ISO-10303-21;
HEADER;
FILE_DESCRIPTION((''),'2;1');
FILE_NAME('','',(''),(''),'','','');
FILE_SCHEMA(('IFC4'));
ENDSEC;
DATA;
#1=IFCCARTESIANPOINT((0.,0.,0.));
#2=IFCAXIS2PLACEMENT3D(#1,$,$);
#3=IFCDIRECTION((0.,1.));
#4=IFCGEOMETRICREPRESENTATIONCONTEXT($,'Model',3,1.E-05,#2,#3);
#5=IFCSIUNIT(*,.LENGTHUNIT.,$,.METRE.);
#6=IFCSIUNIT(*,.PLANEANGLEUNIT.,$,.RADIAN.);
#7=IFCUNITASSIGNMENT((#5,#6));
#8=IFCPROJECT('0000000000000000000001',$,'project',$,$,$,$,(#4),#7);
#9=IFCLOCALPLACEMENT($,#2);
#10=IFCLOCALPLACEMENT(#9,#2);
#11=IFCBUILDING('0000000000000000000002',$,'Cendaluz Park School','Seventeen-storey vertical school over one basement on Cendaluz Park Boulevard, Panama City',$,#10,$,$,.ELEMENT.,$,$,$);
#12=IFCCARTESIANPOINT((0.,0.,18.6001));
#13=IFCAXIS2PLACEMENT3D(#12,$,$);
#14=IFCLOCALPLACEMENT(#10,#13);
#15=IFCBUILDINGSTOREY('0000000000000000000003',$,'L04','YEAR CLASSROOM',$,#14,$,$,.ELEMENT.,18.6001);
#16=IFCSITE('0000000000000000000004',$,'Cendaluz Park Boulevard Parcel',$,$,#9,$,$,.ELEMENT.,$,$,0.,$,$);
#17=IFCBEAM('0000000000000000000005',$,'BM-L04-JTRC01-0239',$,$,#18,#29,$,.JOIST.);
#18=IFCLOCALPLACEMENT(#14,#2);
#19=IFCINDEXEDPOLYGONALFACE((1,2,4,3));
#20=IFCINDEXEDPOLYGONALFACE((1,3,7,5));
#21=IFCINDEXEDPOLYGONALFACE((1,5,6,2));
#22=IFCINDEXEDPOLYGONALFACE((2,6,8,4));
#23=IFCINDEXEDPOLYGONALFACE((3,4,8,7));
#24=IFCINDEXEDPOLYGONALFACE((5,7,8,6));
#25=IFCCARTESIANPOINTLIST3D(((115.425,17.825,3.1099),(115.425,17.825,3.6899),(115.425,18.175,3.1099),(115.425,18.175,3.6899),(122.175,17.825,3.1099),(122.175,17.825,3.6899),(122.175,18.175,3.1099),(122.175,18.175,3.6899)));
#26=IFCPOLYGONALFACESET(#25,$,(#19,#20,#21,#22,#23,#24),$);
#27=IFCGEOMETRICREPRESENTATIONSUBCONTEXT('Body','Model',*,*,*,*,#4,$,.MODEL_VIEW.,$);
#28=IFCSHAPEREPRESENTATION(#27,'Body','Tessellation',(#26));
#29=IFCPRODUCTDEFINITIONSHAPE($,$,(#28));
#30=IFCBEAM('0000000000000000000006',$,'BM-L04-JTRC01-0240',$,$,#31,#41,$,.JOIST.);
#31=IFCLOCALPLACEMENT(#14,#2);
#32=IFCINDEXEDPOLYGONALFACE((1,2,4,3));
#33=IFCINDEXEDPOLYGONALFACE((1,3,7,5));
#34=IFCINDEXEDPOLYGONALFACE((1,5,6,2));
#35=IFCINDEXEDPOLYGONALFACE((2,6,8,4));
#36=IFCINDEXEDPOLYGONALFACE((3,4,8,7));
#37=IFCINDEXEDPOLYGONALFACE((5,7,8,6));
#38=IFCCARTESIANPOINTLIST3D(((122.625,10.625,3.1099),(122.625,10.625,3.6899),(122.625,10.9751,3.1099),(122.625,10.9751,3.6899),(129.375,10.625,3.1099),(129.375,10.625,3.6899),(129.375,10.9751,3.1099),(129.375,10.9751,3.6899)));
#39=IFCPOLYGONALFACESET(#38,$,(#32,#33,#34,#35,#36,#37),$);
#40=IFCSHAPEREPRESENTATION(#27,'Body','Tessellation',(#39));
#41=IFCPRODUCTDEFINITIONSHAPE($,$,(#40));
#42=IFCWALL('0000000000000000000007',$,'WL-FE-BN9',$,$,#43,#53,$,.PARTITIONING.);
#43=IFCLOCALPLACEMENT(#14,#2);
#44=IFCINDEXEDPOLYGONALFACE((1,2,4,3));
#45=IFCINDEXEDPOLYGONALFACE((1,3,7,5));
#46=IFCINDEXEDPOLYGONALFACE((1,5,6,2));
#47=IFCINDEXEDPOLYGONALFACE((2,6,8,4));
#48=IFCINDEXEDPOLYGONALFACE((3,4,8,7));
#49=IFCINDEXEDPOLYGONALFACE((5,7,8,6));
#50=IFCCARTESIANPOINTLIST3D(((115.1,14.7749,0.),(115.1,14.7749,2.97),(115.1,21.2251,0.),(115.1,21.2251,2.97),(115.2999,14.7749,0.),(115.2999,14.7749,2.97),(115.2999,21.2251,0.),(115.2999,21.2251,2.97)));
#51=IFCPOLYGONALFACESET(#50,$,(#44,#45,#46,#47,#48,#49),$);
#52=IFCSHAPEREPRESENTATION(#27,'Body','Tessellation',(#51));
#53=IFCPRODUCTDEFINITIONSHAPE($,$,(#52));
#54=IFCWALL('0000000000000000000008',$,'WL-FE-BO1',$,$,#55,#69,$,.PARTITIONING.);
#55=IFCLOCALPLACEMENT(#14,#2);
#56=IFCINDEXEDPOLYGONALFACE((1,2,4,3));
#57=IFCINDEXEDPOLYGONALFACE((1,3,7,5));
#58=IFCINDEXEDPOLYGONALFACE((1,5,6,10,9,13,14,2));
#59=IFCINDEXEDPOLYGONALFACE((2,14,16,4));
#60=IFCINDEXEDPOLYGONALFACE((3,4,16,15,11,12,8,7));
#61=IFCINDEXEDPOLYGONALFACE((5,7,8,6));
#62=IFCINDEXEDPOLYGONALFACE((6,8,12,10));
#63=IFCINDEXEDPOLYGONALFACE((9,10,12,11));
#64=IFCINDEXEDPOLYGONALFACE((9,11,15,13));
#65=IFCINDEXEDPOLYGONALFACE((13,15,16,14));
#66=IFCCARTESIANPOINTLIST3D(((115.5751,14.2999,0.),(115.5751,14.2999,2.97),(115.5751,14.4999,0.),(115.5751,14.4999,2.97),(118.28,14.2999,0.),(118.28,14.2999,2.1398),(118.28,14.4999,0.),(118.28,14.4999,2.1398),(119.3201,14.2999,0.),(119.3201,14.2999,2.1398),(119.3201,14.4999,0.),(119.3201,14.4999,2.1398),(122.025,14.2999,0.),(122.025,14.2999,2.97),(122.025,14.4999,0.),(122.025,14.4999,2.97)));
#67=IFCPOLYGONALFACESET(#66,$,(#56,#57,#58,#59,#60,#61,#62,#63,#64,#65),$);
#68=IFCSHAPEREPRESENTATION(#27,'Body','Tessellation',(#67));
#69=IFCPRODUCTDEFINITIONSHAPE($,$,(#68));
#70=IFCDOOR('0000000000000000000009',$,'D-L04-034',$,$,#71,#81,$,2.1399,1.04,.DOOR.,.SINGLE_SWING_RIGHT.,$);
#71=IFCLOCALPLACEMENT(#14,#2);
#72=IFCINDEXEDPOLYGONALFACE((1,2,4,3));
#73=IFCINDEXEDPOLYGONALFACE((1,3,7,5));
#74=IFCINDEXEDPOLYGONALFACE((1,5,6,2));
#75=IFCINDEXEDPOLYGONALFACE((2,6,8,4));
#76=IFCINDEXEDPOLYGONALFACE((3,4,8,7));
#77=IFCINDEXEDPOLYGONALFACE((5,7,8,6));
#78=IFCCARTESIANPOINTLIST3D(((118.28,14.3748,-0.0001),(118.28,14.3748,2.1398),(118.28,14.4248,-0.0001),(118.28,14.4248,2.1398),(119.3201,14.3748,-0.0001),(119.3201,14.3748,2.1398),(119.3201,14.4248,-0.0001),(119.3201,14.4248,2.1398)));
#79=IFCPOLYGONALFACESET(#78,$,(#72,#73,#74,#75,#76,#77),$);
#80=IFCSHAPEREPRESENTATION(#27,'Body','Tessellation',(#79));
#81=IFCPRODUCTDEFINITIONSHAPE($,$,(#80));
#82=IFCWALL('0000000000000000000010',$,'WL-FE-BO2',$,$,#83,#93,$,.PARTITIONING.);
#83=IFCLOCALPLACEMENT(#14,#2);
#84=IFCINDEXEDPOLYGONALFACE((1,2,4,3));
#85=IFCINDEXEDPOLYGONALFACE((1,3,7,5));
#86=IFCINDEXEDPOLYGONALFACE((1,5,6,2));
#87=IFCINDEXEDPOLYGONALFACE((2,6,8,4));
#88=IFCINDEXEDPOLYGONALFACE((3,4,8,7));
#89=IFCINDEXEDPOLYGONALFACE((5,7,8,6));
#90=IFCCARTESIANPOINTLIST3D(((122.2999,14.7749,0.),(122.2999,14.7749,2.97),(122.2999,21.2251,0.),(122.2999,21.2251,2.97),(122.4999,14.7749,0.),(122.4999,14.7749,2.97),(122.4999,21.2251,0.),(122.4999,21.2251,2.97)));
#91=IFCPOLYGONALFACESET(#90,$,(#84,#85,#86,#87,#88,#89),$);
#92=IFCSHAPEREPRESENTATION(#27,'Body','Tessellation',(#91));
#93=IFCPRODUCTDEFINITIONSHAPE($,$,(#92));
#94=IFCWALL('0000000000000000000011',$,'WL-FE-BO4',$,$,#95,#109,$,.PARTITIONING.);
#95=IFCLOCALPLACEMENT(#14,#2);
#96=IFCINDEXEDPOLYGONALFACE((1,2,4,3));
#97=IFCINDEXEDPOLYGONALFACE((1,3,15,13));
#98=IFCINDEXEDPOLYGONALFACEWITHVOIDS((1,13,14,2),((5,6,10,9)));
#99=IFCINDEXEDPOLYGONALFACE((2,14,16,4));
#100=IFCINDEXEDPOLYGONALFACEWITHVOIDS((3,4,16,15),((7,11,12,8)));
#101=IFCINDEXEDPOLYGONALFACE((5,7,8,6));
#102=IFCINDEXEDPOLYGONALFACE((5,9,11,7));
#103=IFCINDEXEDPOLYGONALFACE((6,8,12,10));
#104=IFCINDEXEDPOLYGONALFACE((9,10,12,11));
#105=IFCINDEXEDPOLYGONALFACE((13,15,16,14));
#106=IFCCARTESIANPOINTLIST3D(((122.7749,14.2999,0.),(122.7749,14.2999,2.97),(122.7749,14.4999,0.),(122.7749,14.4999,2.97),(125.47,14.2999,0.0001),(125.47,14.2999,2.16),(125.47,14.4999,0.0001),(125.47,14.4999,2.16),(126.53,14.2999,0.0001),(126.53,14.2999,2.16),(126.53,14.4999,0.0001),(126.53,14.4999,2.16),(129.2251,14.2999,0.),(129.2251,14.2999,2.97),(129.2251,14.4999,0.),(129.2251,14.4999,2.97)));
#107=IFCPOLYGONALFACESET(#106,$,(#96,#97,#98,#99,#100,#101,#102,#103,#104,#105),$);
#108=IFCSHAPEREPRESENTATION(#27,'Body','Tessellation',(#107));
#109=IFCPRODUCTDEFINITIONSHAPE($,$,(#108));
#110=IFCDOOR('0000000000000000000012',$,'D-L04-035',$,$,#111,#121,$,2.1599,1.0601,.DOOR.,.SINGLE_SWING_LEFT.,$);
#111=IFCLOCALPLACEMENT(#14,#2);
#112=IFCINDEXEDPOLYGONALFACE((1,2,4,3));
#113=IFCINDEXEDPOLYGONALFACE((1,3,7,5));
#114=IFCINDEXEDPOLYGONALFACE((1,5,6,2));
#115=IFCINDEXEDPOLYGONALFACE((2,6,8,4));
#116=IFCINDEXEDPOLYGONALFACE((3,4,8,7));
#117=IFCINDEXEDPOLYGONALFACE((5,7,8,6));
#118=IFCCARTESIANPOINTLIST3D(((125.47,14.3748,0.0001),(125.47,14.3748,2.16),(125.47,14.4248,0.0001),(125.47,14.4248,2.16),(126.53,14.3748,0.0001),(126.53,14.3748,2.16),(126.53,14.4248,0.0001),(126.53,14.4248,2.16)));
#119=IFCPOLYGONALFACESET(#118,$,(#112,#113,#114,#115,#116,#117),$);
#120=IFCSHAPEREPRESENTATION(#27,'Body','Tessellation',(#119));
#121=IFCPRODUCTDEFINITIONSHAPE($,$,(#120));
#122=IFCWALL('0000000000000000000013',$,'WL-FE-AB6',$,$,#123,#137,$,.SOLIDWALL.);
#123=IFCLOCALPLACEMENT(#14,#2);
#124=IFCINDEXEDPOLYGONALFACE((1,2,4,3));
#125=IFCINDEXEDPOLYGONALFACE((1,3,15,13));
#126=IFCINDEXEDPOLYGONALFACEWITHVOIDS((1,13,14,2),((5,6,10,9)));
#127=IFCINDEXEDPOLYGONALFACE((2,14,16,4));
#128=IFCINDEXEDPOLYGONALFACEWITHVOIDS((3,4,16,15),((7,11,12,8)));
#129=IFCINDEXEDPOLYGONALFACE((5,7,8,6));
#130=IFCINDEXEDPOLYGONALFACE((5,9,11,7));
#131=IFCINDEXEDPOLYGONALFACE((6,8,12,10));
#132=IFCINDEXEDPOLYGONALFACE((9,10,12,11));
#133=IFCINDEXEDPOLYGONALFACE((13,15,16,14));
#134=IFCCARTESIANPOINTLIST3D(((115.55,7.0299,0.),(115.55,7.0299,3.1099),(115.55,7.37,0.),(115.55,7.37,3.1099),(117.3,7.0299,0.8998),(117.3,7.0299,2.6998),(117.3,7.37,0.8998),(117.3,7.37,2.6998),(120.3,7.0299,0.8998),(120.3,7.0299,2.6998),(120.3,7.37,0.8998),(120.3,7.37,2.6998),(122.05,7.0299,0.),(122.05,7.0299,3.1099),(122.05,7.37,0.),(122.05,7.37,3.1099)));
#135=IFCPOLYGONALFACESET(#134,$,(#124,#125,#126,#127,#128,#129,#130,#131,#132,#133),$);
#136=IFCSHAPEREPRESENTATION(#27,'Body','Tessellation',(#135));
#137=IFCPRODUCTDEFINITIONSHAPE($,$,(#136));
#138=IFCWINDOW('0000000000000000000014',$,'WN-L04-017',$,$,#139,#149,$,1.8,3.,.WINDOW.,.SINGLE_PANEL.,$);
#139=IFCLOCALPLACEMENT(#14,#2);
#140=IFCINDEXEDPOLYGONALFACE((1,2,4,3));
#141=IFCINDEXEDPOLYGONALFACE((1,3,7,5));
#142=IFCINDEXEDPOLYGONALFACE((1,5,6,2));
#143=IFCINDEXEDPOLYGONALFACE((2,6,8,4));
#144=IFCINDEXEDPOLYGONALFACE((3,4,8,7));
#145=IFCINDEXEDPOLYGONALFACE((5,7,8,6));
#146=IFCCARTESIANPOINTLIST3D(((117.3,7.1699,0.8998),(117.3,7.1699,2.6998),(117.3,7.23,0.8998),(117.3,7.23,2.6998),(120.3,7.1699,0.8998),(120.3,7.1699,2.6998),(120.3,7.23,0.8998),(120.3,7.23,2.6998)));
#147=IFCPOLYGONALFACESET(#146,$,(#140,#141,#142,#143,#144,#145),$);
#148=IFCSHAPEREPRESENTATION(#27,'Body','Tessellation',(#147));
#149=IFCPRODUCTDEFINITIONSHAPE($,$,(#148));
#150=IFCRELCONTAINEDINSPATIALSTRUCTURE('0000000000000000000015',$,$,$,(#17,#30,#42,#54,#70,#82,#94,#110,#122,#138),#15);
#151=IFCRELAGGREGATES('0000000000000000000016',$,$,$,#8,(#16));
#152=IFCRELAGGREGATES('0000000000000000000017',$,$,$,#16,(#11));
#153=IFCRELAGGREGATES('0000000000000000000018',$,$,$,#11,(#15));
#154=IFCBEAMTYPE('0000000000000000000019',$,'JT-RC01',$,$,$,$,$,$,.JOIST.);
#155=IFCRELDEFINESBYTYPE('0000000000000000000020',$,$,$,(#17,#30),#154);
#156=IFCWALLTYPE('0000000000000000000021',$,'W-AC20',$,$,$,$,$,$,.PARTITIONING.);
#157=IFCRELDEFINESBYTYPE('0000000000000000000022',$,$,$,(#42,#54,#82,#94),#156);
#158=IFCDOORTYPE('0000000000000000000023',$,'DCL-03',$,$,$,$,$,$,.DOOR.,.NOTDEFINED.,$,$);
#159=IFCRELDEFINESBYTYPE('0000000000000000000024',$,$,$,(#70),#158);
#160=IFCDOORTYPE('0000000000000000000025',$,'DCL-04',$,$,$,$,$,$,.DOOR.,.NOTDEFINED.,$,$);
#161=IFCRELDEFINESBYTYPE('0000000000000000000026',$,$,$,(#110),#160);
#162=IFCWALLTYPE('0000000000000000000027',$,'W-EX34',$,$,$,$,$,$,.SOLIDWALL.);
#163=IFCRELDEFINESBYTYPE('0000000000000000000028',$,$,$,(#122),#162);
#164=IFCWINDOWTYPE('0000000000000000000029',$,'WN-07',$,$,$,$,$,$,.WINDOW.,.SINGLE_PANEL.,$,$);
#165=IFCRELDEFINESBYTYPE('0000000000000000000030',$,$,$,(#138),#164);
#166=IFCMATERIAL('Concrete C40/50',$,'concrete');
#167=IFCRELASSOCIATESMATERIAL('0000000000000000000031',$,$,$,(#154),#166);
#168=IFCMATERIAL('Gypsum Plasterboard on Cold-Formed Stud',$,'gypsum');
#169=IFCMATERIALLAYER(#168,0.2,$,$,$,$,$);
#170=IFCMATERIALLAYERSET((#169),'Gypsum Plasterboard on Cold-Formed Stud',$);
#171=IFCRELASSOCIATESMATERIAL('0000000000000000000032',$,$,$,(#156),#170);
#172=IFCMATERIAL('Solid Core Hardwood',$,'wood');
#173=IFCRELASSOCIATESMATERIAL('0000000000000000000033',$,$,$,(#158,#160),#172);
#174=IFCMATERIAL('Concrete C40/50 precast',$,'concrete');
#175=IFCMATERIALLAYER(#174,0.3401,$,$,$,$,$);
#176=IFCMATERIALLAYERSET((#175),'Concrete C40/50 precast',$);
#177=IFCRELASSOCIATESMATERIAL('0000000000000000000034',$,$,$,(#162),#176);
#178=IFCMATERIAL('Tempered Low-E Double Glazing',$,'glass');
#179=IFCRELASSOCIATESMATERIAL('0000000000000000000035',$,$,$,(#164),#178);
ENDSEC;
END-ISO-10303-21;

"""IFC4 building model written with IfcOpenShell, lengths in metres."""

from ifc_helpers import new_model, si_unit, direction, frame, frame_2d, origin, origin_2d, place, context, subcontext, project, spatial, rectangle, extrude, material, layer, layer_set, material_profile, profile_set, type_object, element, fill, save


model = new_model("IFC4")

# Units and contexts
model_context = context("Model", 3, precision=1e-05, world=origin(), true_north=direction((0.0, 1.0)))
body_context = subcontext(model_context, "Body", "Model", "MODEL_VIEW")
ifc_project = project(units=[si_unit("LENGTHUNIT", "METRE"), si_unit("PLANEANGLEUNIT", "RADIAN")], contexts=[model_context])

# Site, building, storey
site_placement = place(None, origin())
site = spatial("IfcSite", under=ifc_project, at=site_placement, Name="Cendaluz Park Boulevard Parcel", CompositionType="ELEMENT", RefElevation=0.0)
building_placement = place(site_placement, origin())
building = spatial("IfcBuilding", under=site, at=building_placement, Name="Cendaluz Park School", Description="Seventeen-storey vertical school over one basement on Cendaluz Park Boulevard, Panama City", CompositionType="ELEMENT")
storey_placement = place(building_placement, frame((0.0, 0.0, 18.6001)))
storey = spatial("IfcBuildingStorey", under=building, at=storey_placement, Name="L04", Description="YEAR CLASSROOM", CompositionType="ELEMENT", Elevation=18.6001)

# Shared definitions
ifc_material_1 = material(Name="Concrete C40/50", Category="concrete")

# Beams
ifc_material_profile_1 = material_profile(ifc_material_1, rectangle(XDim=0.3501, YDim=0.5801, at=origin_2d()), Name="RC 350x580", Category="concrete")
ifc_profile_set_1 = profile_set([ifc_material_profile_1], Name="Concrete C40/50")
beam_type_1 = type_object("IfcBeamType", Name="JT-RC01", PredefinedType="JOIST", material=ifc_profile_set_1)
for number, where, z_axis, x_axis, name in (
    (1, (115.425, 18.0, 3.3999), (1.0, 0.0, 0.0), (0.0, 1.0, 0.0), "BM-L04-JTRC01-0239"),
    (2, (122.625, 10.8, 3.3999), (1.0, 0.0, 0.0), (0.0, 1.0, 0.0), "BM-L04-JTRC01-0240"),
):
    element("IfcBeam", number, at=place(storey_placement, frame(where, z_axis=z_axis, x_axis=x_axis)), inside=storey, type_object=beam_type_1, Name=name, PredefinedType="JOIST", context=body_context, shape_type="SweptSolid", body=[
        extrude(rectangle(XDim=0.3501, YDim=0.5801, at=origin_2d()), origin(), (0.0, 0.0, 1.0), 6.75),
    ])

# Wall
ifc_material_2 = material(Name="Gypsum Plasterboard on Cold-Formed Stud", Category="gypsum")
ifc_layer_1 = layer(ifc_material_2, 0.2)
ifc_layer_set_1 = layer_set([ifc_layer_1], Name="Gypsum Plasterboard on Cold-Formed Stud")
wall_type_1 = type_object("IfcWallType", Name="W-AC20", PredefinedType="PARTITIONING", material=ifc_layer_set_1)
wall_1_placement = place(storey_placement, frame((115.2, 14.7749, 0.0), z_axis=(0.0, 0.0, 1.0), x_axis=(0.0, 1.0, 0.0)))
element("IfcWall", 3, at=wall_1_placement, inside=storey, type_object=wall_type_1, Name="WL-FE-BN9", PredefinedType="PARTITIONING", context=body_context, shape_type="SweptSolid", body=[
    extrude(rectangle(XDim=6.4502, YDim=0.2, at=frame_2d((3.2251, 0.0))), origin(), (0.0, 0.0, 1.0), 2.97),
])

# Wall, opening, door
wall_2_placement = place(storey_placement, frame((115.575, 14.3999, 0.0), z_axis=(0.0, 0.0, 1.0), x_axis=(1.0, 0.0, 0.0)))
wall_2 = element("IfcWall", 4, at=wall_2_placement, inside=storey, type_object=wall_type_1, Name="WL-FE-BO1", PredefinedType="PARTITIONING", context=body_context, shape_type="SweptSolid", body=[
    extrude(rectangle(XDim=6.45, YDim=0.2, at=frame_2d((3.2251, 0.0))), origin(), (0.0, 0.0, 1.0), 2.97),
])
opening_1_placement = place(wall_2_placement, frame((2.7051, 0.0, 0.0)))
opening_1 = element("IfcOpeningElement", 5, at=opening_1_placement, cuts=wall_2, PredefinedType="OPENING", context=body_context, shape_type="SweptSolid", body=[
    extrude(rectangle(XDim=1.04, YDim=2.1399, at=frame_2d((0.52, 1.0698))), frame((0.0, 0.1121, 0.0), z_axis=(0.0, -1.0, 0.0), x_axis=(1.0, 0.0, 0.0)), (0.0, 0.0, 1.0), 0.2239),
])
ifc_material_3 = material(Name="Solid Core Hardwood", Category="wood")
door_type_1 = type_object("IfcDoorType", Name="DCL-03", OperationType="NOTDEFINED", PredefinedType="DOOR", material=ifc_material_3)
door_1_placement = place(opening_1_placement, origin())
door_1 = element("IfcDoor", 6, at=door_1_placement, inside=storey, type_object=door_type_1, Name="D-L04-034", OperationType="SINGLE_SWING_RIGHT", OverallHeight=2.1399, OverallWidth=1.04, PredefinedType="DOOR", context=body_context, shape_type="SweptSolid", body=[
    extrude(rectangle(XDim=1.04, YDim=2.1399, at=frame_2d((0.52, 1.0698))), frame((0.0, 0.0249, 0.0), z_axis=(0.0, -1.0, 0.0), x_axis=(1.0, 0.0, 0.0)), (0.0, 0.0, 1.0), 0.05),
])
fill(opening_1, door_1)

# Wall
wall_3_placement = place(storey_placement, frame((122.3999, 14.7749, 0.0), z_axis=(0.0, 0.0, 1.0), x_axis=(0.0, 1.0, 0.0)))
element("IfcWall", 7, at=wall_3_placement, inside=storey, type_object=wall_type_1, Name="WL-FE-BO2", PredefinedType="PARTITIONING", context=body_context, shape_type="SweptSolid", body=[
    extrude(rectangle(XDim=6.4502, YDim=0.2, at=frame_2d((3.2251, 0.0))), origin(), (0.0, 0.0, 1.0), 2.97),
])

# Wall, opening, door
wall_4_placement = place(storey_placement, frame((122.7749, 14.3999, 0.0), z_axis=(0.0, 0.0, 1.0), x_axis=(1.0, 0.0, 0.0)))
wall_4 = element("IfcWall", 8, at=wall_4_placement, inside=storey, type_object=wall_type_1, Name="WL-FE-BO4", PredefinedType="PARTITIONING", context=body_context, shape_type="SweptSolid", body=[
    extrude(rectangle(XDim=6.4502, YDim=0.2, at=frame_2d((3.2251, 0.0))), origin(), (0.0, 0.0, 1.0), 2.97),
])
opening_2_placement = place(wall_4_placement, frame((2.6951, 0.0, 0.0)))
opening_2 = element("IfcOpeningElement", 9, at=opening_2_placement, cuts=wall_4, PredefinedType="OPENING", context=body_context, shape_type="SweptSolid", body=[
    extrude(rectangle(XDim=1.0601, YDim=2.1599, at=frame_2d((0.53, 1.0801))), frame((0.0, 0.1121, 0.0), z_axis=(0.0, -1.0, 0.0), x_axis=(1.0, 0.0, 0.0)), (0.0, 0.0, 1.0), 0.2239),
])
door_type_2 = type_object("IfcDoorType", Name="DCL-04", OperationType="NOTDEFINED", PredefinedType="DOOR", material=ifc_material_3)
door_2_placement = place(opening_2_placement, origin())
door_2 = element("IfcDoor", 10, at=door_2_placement, inside=storey, type_object=door_type_2, Name="D-L04-035", OperationType="SINGLE_SWING_LEFT", OverallHeight=2.1599, OverallWidth=1.0601, PredefinedType="DOOR", context=body_context, shape_type="SweptSolid", body=[
    extrude(rectangle(XDim=1.0601, YDim=2.1599, at=frame_2d((0.53, 1.0801))), frame((0.0, 0.0249, 0.0), z_axis=(0.0, -1.0, 0.0), x_axis=(1.0, 0.0, 0.0)), (0.0, 0.0, 1.0), 0.05),
])
fill(opening_2, door_2)

# Wall, opening, window
ifc_material_4 = material(Name="Concrete C40/50 precast", Category="concrete")
ifc_layer_2 = layer(ifc_material_4, 0.3401)
ifc_layer_set_2 = layer_set([ifc_layer_2], Name="Concrete C40/50 precast")
wall_type_2 = type_object("IfcWallType", Name="W-EX34", PredefinedType="SOLIDWALL", material=ifc_layer_set_2)
wall_5_placement = place(storey_placement, frame((115.55, 7.2, 0.0), z_axis=(0.0, 0.0, 1.0), x_axis=(1.0, 0.0, 0.0)))
wall_5 = element("IfcWall", 11, at=wall_5_placement, inside=storey, type_object=wall_type_2, Name="WL-FE-AB6", PredefinedType="SOLIDWALL", context=body_context, shape_type="SweptSolid", body=[
    extrude(rectangle(XDim=6.5, YDim=0.3401, at=frame_2d((3.25, 0.0))), origin(), (0.0, 0.0, 1.0), 3.1099),
])
opening_3_placement = place(wall_5_placement, frame((1.75, 0.0, 0.8999)))
opening_3 = element("IfcOpeningElement", 12, at=opening_3_placement, cuts=wall_5, PredefinedType="OPENING", context=body_context, shape_type="SweptSolid", body=[
    extrude(rectangle(XDim=3.0, YDim=1.8, at=frame_2d((1.5, 0.8999))), frame((0.0, 0.1821, 0.0), z_axis=(0.0, -1.0, 0.0), x_axis=(1.0, 0.0, 0.0)), (0.0, 0.0, 1.0), 0.364),
])
ifc_material_5 = material(Name="Tempered Low-E Double Glazing", Category="glass")
window_type_1 = type_object("IfcWindowType", Name="WN-07", PartitioningType="SINGLE_PANEL", PredefinedType="WINDOW", material=ifc_material_5)
window_1_placement = place(opening_3_placement, origin())
window_1 = element("IfcWindow", 13, at=window_1_placement, inside=storey, type_object=window_type_1, Name="WN-L04-017", OverallHeight=1.8, OverallWidth=3.0, PartitioningType="SINGLE_PANEL", PredefinedType="WINDOW", context=body_context, shape_type="SweptSolid", body=[
    extrude(rectangle(XDim=3.0, YDim=1.8, at=frame_2d((1.5, 0.8999))), frame((0.0, 0.03, 0.0), z_axis=(0.0, -1.0, 0.0), x_axis=(1.0, 0.0, 0.0)), (0.0, 0.0, 1.0), 0.0601),
])
fill(opening_3, window_1)

save(model, "model.ifc")
